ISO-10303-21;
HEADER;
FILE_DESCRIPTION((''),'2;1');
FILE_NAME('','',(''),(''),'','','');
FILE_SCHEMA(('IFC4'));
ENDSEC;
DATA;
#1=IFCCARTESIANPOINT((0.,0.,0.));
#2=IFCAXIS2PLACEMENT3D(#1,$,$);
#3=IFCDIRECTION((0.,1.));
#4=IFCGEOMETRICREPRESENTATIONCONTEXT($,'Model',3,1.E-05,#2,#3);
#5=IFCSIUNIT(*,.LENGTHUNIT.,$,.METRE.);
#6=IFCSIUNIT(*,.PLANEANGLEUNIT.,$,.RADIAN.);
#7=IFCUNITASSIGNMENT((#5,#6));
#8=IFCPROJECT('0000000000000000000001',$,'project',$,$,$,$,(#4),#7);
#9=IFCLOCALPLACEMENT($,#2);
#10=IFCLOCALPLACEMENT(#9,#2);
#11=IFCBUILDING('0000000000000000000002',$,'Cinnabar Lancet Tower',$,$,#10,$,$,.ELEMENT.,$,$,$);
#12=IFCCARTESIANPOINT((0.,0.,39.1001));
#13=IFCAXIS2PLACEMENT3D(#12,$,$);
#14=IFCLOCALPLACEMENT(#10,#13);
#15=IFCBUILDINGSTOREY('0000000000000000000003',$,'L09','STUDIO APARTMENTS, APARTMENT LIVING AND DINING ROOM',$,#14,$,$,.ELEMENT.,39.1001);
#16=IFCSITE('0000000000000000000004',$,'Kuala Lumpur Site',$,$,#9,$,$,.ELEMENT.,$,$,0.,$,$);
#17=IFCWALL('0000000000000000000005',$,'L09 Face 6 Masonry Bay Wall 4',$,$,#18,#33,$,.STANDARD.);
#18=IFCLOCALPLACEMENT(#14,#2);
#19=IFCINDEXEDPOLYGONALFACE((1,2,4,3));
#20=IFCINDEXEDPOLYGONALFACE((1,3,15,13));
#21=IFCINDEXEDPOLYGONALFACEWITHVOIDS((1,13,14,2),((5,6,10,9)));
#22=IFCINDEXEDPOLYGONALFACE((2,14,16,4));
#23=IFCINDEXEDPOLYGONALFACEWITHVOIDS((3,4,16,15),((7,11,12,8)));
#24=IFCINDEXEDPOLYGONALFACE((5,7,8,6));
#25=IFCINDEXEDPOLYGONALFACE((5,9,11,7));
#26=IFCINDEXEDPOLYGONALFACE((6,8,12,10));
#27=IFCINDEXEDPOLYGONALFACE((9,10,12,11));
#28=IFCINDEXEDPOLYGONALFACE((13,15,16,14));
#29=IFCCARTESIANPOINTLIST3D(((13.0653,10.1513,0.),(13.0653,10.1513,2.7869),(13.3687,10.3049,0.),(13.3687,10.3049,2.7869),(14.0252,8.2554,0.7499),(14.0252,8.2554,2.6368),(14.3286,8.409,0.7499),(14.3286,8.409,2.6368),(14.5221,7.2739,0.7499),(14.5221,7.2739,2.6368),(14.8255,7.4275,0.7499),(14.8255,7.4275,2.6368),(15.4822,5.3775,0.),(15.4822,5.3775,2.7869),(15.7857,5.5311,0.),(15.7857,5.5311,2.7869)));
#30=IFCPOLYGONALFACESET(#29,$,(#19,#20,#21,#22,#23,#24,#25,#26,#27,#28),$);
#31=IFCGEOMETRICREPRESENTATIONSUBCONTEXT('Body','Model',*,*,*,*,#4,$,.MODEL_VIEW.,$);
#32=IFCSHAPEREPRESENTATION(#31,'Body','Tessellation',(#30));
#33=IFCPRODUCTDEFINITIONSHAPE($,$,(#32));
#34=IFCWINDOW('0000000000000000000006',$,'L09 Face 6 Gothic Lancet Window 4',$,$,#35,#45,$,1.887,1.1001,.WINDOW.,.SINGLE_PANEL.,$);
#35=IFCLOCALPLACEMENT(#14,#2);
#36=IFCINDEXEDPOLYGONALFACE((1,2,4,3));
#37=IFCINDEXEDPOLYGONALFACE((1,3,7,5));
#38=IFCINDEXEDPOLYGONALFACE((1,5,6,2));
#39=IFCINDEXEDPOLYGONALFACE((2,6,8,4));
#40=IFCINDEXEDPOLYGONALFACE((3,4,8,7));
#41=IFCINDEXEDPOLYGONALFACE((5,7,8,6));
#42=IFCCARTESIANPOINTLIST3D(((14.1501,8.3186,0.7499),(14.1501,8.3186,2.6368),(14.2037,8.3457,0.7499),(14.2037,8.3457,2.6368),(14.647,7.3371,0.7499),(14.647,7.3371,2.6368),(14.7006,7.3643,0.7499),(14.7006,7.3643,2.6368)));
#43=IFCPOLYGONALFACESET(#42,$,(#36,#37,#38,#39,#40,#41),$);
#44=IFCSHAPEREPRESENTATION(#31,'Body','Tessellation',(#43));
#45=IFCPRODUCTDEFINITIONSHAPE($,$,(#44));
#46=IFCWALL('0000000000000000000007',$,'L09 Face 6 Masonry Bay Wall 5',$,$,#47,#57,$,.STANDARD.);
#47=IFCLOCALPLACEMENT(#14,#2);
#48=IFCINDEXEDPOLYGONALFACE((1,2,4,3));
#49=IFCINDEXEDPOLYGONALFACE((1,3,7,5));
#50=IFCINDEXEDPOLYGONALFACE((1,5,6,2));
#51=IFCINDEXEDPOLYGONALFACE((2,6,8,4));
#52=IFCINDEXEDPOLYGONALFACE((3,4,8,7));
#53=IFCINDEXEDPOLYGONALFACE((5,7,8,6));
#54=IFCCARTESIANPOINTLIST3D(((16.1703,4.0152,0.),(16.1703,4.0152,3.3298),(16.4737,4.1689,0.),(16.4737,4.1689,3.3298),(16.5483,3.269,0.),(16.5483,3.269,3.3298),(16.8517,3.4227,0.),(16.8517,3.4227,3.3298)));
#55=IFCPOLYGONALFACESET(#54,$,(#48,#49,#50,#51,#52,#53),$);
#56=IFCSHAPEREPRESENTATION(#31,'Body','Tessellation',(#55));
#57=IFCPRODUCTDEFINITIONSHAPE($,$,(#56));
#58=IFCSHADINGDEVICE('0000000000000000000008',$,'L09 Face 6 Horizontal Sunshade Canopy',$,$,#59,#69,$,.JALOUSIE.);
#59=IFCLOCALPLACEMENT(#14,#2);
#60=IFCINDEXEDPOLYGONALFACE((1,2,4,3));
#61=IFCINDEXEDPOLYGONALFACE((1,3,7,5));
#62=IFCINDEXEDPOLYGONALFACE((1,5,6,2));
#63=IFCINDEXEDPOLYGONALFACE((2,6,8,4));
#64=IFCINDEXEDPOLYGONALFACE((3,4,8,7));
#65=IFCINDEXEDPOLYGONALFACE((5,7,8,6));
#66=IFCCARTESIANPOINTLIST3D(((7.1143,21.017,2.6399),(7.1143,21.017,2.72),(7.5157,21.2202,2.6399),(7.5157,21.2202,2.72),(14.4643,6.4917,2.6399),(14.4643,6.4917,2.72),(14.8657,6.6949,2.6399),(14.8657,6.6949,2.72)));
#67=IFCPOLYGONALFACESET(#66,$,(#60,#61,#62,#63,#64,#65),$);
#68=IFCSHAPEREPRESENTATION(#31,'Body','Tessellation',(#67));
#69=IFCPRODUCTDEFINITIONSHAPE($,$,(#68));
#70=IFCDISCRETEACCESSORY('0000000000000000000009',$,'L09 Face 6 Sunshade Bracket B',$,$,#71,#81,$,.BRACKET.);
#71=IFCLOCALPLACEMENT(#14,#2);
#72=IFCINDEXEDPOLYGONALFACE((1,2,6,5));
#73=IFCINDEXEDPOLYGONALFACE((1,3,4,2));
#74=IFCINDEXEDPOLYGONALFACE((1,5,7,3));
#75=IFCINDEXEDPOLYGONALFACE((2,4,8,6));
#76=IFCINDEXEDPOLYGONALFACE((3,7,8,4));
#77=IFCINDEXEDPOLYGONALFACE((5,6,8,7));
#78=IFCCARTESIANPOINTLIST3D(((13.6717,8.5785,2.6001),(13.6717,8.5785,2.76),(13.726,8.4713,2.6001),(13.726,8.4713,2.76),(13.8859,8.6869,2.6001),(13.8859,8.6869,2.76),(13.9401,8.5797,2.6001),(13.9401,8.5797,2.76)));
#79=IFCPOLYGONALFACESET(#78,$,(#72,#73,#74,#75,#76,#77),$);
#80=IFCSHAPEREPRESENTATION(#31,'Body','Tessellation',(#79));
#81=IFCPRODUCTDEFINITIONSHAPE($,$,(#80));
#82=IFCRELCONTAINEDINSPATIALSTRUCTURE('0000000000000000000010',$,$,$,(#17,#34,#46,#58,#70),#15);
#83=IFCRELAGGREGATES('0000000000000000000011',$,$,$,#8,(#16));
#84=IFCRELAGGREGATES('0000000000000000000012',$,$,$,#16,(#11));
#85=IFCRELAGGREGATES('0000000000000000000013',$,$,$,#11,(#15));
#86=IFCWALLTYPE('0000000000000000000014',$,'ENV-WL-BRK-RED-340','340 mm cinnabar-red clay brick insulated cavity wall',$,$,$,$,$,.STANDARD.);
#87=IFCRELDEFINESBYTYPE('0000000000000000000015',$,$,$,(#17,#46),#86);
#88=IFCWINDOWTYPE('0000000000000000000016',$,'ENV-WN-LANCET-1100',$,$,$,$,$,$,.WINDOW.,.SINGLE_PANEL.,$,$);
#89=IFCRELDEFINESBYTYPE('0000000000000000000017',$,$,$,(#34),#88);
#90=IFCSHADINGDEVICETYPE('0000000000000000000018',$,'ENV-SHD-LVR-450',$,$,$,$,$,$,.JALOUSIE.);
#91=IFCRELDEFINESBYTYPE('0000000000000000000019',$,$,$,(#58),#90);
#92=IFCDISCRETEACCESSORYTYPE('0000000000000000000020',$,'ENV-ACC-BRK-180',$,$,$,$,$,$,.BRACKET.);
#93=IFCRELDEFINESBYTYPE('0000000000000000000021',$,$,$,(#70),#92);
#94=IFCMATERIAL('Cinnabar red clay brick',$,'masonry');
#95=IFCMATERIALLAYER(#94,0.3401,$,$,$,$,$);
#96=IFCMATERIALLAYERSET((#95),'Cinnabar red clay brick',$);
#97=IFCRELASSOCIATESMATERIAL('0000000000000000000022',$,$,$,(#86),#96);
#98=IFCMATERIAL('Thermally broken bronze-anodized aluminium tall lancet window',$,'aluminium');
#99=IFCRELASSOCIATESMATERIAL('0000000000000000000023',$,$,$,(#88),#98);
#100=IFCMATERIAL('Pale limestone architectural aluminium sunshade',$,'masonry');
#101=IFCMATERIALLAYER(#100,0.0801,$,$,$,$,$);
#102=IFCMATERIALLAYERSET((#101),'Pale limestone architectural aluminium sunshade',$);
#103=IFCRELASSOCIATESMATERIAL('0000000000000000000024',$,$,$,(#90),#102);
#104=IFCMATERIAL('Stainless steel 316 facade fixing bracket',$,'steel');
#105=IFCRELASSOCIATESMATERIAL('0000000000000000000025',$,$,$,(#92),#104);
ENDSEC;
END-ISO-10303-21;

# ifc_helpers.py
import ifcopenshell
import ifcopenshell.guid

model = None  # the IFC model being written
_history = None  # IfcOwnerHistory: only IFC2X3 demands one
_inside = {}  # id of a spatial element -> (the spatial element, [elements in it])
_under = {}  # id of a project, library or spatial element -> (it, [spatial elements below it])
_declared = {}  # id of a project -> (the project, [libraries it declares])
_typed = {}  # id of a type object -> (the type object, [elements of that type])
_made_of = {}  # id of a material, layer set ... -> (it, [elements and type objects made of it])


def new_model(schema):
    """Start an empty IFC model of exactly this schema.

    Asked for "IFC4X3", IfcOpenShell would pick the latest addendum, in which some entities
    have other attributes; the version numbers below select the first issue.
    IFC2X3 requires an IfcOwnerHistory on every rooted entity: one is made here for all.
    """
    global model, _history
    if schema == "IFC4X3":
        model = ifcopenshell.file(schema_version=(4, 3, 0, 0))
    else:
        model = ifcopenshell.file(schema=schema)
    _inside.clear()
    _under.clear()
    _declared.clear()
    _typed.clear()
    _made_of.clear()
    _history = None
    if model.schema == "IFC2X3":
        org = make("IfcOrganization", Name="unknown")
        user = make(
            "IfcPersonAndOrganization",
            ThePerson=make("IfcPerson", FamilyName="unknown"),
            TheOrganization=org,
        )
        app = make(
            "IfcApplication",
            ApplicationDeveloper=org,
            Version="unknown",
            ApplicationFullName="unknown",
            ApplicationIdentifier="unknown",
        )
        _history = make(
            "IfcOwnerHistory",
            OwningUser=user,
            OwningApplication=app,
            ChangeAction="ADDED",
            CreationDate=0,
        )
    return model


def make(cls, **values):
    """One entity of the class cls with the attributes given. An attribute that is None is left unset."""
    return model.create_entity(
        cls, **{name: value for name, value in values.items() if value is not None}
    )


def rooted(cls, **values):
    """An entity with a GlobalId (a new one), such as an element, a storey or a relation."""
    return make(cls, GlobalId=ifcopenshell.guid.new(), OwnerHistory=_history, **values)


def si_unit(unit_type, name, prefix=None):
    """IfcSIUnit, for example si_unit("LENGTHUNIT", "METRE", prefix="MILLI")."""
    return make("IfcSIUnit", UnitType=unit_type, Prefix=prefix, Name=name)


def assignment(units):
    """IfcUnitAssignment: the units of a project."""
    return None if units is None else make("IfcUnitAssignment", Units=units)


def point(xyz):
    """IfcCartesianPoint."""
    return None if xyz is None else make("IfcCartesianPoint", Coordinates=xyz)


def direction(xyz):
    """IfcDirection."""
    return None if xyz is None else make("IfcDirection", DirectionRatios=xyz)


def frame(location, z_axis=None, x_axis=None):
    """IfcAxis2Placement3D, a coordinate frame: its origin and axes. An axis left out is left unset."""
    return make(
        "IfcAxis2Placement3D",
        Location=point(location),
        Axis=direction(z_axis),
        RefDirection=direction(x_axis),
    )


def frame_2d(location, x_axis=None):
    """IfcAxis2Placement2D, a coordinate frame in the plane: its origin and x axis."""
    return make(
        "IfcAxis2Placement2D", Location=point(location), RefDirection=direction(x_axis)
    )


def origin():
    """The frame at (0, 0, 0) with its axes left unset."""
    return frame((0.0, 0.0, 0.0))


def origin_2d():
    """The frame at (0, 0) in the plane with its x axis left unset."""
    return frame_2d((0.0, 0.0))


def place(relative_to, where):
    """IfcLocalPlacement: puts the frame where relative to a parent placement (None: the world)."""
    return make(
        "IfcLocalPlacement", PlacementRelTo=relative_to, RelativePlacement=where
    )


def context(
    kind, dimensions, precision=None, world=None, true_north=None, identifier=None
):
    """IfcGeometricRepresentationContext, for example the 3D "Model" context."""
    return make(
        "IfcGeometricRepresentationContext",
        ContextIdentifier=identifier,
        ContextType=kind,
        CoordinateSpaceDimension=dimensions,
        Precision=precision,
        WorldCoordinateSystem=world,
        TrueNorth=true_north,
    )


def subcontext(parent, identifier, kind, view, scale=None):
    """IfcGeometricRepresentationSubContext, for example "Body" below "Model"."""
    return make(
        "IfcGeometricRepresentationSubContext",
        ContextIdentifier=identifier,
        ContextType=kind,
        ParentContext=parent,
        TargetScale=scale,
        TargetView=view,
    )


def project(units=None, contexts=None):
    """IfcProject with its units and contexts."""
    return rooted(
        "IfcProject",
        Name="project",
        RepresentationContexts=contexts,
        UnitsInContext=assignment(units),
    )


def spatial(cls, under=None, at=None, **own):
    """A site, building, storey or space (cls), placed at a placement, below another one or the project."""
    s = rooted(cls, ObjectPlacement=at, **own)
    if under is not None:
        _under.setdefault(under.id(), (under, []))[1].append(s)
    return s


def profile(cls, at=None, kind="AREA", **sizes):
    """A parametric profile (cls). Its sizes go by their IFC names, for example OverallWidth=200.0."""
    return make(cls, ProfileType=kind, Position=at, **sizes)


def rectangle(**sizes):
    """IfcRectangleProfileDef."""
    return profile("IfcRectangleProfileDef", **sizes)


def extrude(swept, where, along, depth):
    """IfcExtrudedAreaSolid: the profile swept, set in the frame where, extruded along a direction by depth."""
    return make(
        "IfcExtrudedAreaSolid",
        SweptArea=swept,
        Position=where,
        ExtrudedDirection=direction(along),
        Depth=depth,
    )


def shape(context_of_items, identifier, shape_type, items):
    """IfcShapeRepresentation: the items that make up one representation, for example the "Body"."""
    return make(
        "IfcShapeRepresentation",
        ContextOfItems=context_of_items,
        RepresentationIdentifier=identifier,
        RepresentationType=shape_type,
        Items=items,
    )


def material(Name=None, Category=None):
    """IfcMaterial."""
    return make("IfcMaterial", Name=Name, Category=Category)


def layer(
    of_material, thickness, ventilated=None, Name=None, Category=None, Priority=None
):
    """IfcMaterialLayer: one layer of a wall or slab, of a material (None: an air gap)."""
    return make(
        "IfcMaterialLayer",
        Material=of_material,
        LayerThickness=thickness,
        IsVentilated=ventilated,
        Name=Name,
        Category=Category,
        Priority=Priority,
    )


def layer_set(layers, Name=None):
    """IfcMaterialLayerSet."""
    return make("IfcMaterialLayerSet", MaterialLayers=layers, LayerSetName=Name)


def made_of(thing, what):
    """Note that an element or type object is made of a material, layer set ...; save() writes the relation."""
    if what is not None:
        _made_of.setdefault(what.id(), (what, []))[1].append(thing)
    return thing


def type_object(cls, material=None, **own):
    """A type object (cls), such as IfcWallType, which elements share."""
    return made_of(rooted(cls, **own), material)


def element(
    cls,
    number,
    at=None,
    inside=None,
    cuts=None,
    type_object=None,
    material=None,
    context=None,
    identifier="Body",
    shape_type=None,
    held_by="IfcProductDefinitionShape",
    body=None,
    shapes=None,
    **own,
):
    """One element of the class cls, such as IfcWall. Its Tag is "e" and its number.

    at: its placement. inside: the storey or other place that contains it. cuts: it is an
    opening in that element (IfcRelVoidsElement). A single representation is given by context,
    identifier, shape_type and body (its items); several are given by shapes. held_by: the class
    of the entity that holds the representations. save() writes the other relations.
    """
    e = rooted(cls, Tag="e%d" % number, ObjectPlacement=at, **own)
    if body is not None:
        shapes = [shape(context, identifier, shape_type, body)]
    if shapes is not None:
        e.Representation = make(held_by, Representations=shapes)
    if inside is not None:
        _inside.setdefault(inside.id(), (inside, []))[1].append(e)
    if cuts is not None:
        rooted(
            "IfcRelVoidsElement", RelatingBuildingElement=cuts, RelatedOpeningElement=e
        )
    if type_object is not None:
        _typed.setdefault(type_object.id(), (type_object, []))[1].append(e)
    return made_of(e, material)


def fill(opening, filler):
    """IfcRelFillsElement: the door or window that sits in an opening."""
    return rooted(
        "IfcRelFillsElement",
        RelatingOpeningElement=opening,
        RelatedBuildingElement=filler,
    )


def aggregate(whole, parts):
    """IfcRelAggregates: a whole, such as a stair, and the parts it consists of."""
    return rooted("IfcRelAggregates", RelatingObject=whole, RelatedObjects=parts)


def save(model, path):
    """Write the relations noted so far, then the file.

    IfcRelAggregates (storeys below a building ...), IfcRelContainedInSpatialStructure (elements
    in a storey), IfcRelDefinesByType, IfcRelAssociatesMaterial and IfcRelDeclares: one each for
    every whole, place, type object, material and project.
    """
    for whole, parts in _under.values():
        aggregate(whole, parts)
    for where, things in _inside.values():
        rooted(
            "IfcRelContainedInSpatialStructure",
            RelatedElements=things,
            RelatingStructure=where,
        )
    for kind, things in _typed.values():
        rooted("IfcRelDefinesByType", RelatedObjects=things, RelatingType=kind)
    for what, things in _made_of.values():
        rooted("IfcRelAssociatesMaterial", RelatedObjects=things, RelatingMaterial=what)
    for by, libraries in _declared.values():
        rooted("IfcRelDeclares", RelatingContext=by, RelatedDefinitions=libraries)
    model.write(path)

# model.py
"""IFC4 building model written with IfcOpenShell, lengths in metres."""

from ifc_helpers import new_model, si_unit, direction, frame, frame_2d, origin, origin_2d, place, context, subcontext, project, spatial, rectangle, extrude, material, layer, layer_set, type_object, element, fill, save


model = new_model("IFC4")

# Units and contexts
model_context = context("Model", 3, precision=1e-05, world=origin(), true_north=direction((0.0, 1.0)))
body_context = subcontext(model_context, "Body", "Model", "MODEL_VIEW")
ifc_project = project(units=[si_unit("LENGTHUNIT", "METRE"), si_unit("PLANEANGLEUNIT", "RADIAN")], contexts=[model_context])

# Site, building, storey
site_placement = place(None, origin())
site = spatial("IfcSite", under=ifc_project, at=site_placement, Name="Kuala Lumpur Site", CompositionType="ELEMENT", RefElevation=0.0)
building_placement = place(site_placement, origin())
building = spatial("IfcBuilding", under=site, at=building_placement, Name="Cinnabar Lancet Tower", CompositionType="ELEMENT")
storey_placement = place(building_placement, frame((0.0, 0.0, 39.1001)))
storey = spatial("IfcBuildingStorey", under=building, at=storey_placement, Name="L09", Description="STUDIO APARTMENTS, APARTMENT LIVING AND DINING ROOM", CompositionType="ELEMENT", Elevation=39.1001)

# Shared definitions
ifc_material_1 = material(Name="Cinnabar red clay brick", Category="masonry")
ifc_layer_1 = layer(ifc_material_1, 0.3401)
ifc_layer_set_1 = layer_set([ifc_layer_1], Name="Cinnabar red clay brick")
wall_type = type_object("IfcWallType", Name="ENV-WL-BRK-RED-340", Description="340 mm cinnabar-red clay brick insulated cavity wall", PredefinedType="STANDARD", material=ifc_layer_set_1)

# Wall, opening, window
wall_1_placement = place(storey_placement, frame((13.217, 10.228, 0.0), z_axis=(0.0, 0.0, 1.0), x_axis=(0.451698, -0.892171, 0.0)))
wall_1 = element("IfcWall", 1, at=wall_1_placement, inside=storey, type_object=wall_type, Name="L09 Face 6 Masonry Bay Wall 4", PredefinedType="STANDARD", context=body_context, shape_type="SweptSolid", body=[
    extrude(rectangle(XDim=5.3508, YDim=0.3401, at=frame_2d((2.6753, 0.0))), origin(), (0.0, 0.0, 1.0), 2.7869),
])
opening_placement = place(wall_1_placement, frame((2.125, 0.0, 0.75)))
opening = element("IfcOpeningElement", 2, at=opening_placement, cuts=wall_1, PredefinedType="OPENING", context=body_context, shape_type="SweptSolid", body=[
    extrude(rectangle(XDim=1.1001, YDim=1.887, at=frame_2d((0.55, 0.9434))), frame((0.0, 0.1799, 0.0), z_axis=(0.0, -1.0, 0.0), x_axis=(1.0, 0.0, 0.0)), (0.0, 0.0, 1.0), 0.3601),
])
ifc_material_2 = material(Name="Thermally broken bronze-anodized aluminium tall lancet window", Category="aluminium")
window_type = type_object("IfcWindowType", Name="ENV-WN-LANCET-1100", PartitioningType="SINGLE_PANEL", PredefinedType="WINDOW", material=ifc_material_2)
window_placement = place(opening_placement, origin())
window = element("IfcWindow", 3, at=window_placement, inside=storey, type_object=window_type, Name="L09 Face 6 Gothic Lancet Window 4", OverallHeight=1.887, OverallWidth=1.1001, PartitioningType="SINGLE_PANEL", PredefinedType="WINDOW", context=body_context, shape_type="SweptSolid", body=[
    extrude(rectangle(XDim=1.1001, YDim=1.887, at=frame_2d((0.55, 0.9434))), frame((0.0, 0.03, 0.0), z_axis=(0.0, -1.0, 0.0), x_axis=(1.0, 0.0, 0.0)), (0.0, 0.0, 1.0), 0.0601),
])
fill(opening, window)

# Wall
wall_2_placement = place(storey_placement, frame((16.322, 4.092, 0.0), z_axis=(0.0, 0.0, 1.0), x_axis=(0.451878, -0.89208, 0.0)))
element("IfcWall", 4, at=wall_2_placement, inside=storey, type_object=wall_type, Name="L09 Face 6 Masonry Bay Wall 5", PredefinedType="STANDARD", context=body_context, shape_type="SweptSolid", body=[
    extrude(rectangle(XDim=0.8364, YDim=0.3401, at=frame_2d((0.4182, 0.0))), origin(), (0.0, 0.0, 1.0), 3.3298),
])

# Shading device
ifc_material_3 = material(Name="Pale limestone architectural aluminium sunshade", Category="masonry")
ifc_layer_2 = layer(ifc_material_3, 0.0801)
ifc_layer_set_2 = layer_set([ifc_layer_2], Name="Pale limestone architectural aluminium sunshade")
shading_device_type = type_object("IfcShadingDeviceType", Name="ENV-SHD-LVR-450", PredefinedType="JALOUSIE", material=ifc_layer_set_2)
shading_device_placement = place(storey_placement, frame((10.99, 13.856, 2.6399), z_axis=(0.0, 0.0, 1.0), x_axis=(0.451501, -0.892271, 0.0)))
element("IfcShadingDevice", 5, at=shading_device_placement, inside=storey, type_object=shading_device_type, Name="L09 Face 6 Horizontal Sunshade Canopy", PredefinedType="JALOUSIE", context=body_context, shape_type="SweptSolid", body=[
    extrude(rectangle(XDim=16.2791, YDim=0.45, at=origin_2d()), origin(), (0.0, 0.0, 1.0), 0.0801),
])

# Discrete accessory
ifc_material_4 = material(Name="Stainless steel 316 facade fixing bracket", Category="steel")
discrete_accessory_type = type_object("IfcDiscreteAccessoryType", Name="ENV-ACC-BRK-180", PredefinedType="BRACKET", material=ifc_material_4)
discrete_accessory_placement = place(storey_placement, frame((13.8059, 8.5791, 2.6001), z_axis=(0.0, 0.0, 1.0), x_axis=(0.451501, -0.892271, 0.0)))
element("IfcDiscreteAccessory", 6, at=discrete_accessory_placement, inside=storey, type_object=discrete_accessory_type, Name="L09 Face 6 Sunshade Bracket B", PredefinedType="BRACKET", context=body_context, shape_type="SweptSolid", body=[
    extrude(rectangle(XDim=0.1201, YDim=0.24, at=origin_2d()), origin(), (0.0, 0.0, 1.0), 0.1599),
])

save(model, "model.ifc")
